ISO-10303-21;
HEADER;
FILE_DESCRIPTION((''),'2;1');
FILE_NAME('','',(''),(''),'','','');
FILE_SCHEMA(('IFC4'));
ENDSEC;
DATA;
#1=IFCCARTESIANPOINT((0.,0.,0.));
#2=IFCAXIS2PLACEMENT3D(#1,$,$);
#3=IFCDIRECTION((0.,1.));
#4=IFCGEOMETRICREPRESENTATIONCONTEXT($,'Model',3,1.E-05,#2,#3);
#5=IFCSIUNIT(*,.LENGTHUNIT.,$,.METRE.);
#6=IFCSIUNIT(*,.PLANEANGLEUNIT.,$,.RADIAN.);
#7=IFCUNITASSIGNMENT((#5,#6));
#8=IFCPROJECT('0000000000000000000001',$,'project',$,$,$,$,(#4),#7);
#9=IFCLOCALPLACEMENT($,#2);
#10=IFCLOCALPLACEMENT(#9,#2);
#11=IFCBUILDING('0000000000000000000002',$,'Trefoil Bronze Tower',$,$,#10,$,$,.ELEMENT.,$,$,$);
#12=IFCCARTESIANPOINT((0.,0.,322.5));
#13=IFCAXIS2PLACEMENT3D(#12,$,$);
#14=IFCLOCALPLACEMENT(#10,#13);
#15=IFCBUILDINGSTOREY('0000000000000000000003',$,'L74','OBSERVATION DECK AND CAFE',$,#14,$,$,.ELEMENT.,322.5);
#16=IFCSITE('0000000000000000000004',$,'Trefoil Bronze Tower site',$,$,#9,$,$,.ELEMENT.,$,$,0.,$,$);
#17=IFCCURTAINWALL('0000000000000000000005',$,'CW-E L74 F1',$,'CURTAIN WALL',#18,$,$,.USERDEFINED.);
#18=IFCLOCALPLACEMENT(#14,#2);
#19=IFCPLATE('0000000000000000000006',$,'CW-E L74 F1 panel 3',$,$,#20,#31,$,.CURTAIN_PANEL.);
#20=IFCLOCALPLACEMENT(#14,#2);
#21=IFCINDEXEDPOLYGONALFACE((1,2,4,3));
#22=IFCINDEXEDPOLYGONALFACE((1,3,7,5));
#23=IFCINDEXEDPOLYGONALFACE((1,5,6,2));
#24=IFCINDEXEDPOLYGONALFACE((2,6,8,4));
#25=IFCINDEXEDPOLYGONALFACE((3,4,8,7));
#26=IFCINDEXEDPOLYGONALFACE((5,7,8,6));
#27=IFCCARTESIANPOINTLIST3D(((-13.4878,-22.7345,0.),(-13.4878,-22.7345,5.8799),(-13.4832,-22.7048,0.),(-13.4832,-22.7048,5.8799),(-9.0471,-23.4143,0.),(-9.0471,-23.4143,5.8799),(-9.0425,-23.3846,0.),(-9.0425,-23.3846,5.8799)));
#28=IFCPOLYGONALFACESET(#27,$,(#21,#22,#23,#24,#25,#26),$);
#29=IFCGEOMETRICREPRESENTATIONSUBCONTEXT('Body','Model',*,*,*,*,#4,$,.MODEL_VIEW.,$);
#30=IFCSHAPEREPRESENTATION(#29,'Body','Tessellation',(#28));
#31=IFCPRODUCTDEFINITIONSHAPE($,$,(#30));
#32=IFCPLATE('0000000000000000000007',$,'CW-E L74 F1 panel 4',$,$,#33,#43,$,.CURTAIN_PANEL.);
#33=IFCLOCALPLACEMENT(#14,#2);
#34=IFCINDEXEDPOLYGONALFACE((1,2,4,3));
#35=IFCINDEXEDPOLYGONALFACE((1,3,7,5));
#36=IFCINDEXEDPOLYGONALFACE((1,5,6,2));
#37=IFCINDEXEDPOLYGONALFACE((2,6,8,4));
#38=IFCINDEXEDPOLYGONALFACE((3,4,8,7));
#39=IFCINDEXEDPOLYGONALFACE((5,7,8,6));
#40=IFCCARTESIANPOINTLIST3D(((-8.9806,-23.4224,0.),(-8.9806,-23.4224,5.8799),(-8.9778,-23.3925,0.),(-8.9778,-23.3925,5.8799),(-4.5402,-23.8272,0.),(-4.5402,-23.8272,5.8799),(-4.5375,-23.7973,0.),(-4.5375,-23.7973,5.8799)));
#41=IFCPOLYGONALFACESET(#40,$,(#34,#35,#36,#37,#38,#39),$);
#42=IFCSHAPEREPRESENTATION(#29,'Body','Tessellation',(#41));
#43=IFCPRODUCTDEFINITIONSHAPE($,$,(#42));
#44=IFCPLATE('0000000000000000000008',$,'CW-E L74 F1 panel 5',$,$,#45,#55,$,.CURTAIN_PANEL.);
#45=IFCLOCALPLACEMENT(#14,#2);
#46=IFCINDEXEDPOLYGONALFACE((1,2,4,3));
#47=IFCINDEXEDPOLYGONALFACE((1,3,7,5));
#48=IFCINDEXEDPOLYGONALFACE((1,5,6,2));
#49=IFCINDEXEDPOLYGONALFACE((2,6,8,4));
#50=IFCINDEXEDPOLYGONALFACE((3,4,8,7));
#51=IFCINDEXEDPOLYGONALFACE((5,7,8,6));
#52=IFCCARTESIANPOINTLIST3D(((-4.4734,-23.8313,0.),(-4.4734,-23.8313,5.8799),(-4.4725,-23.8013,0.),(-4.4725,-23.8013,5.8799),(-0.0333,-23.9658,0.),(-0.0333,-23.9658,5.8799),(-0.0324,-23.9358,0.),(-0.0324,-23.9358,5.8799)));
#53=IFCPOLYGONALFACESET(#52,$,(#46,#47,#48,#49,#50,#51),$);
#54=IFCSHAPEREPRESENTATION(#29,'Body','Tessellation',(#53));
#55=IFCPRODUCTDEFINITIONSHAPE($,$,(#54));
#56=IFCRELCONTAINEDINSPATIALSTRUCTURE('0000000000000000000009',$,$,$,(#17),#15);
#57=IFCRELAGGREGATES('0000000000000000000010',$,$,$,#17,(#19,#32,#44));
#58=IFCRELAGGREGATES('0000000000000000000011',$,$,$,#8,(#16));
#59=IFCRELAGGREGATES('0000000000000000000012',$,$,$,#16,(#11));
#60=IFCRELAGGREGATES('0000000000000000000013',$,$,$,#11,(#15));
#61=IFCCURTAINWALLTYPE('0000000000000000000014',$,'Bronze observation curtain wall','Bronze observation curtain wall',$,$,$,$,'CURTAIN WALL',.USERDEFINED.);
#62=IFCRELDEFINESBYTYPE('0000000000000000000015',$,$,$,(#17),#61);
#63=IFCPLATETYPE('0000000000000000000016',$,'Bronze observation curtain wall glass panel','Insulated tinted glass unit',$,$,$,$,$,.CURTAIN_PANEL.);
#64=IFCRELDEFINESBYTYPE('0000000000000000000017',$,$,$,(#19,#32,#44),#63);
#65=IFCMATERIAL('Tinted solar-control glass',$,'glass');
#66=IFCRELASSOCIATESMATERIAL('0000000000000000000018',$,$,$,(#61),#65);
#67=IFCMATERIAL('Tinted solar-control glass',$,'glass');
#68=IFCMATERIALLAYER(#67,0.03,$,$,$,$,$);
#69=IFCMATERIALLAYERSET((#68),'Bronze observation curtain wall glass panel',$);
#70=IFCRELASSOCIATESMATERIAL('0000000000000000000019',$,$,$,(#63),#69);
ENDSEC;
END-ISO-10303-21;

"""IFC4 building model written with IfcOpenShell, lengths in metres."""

from ifc_helpers import new_model, si_unit, direction, frame, origin, origin_2d, place, context, subcontext, project, spatial, rectangle, extrude, material, layer, layer_set, type_object, element, aggregate, save


model = new_model("IFC4")

# Units and contexts
model_context = context("Model", 3, precision=1e-05, world=origin(), true_north=direction((0.0, 1.0)))
body_context = subcontext(model_context, "Body", "Model", "MODEL_VIEW")
ifc_project = project(units=[si_unit("LENGTHUNIT", "METRE"), si_unit("PLANEANGLEUNIT", "RADIAN")], contexts=[model_context])

# Site, building, storey
site_placement = place(None, origin())
site = spatial("IfcSite", under=ifc_project, at=site_placement, Name="Trefoil Bronze Tower site", CompositionType="ELEMENT", RefElevation=0.0)
building_placement = place(site_placement, origin())
building = spatial("IfcBuilding", under=site, at=building_placement, Name="Trefoil Bronze Tower", CompositionType="ELEMENT")
storey_placement = place(building_placement, frame((0.0, 0.0, 322.5)))
storey = spatial("IfcBuildingStorey", under=building, at=storey_placement, Name="L74", Description="OBSERVATION DECK AND CAFE", CompositionType="ELEMENT", Elevation=322.5)

# Curtain wall
ifc_material_1 = material(Name="Tinted solar-control glass", Category="glass")
curtain_wall_type = type_object("IfcCurtainWallType", Name="Bronze observation curtain wall", Description="Bronze observation curtain wall", ElementType="CURTAIN WALL", PredefinedType="USERDEFINED", material=ifc_material_1)
curtain_wall_placement = place(storey_placement, origin())
curtain_wall = element("IfcCurtainWall", 1, at=curtain_wall_placement, inside=storey, type_object=curtain_wall_type, Name="CW-E L74 F1", ObjectType="CURTAIN WALL", PredefinedType="USERDEFINED")

# Plates
ifc_material_2 = material(Name="Tinted solar-control glass", Category="glass")
ifc_layer = layer(ifc_material_2, 0.03)
ifc_layer_set = layer_set([ifc_layer], Name="Bronze observation curtain wall glass panel")
plate_type = type_object("IfcPlateType", Name="Bronze observation curtain wall glass panel", Description="Insulated tinted glass unit", PredefinedType="CURTAIN_PANEL", material=ifc_layer_set)
plate_1_placement = place(storey_placement, frame((-11.2651, -23.0596, 0.0), z_axis=(0.0, 0.0, 1.0), x_axis=(0.988485, -0.151317, 0.0)))
plate_1 = element("IfcPlate", 2, at=plate_1_placement, type_object=plate_type, Name="CW-E L74 F1 panel 3", PredefinedType="CURTAIN_PANEL", context=body_context, shape_type="SweptSolid", body=[
    extrude(rectangle(XDim=4.4924, YDim=0.03, at=origin_2d()), origin(), (0.0, 0.0, 1.0), 5.8799),
])
plate_2_placement = place(storey_placement, frame((-6.759, -23.6099, 0.0), z_axis=(0.0, 0.0, 1.0), x_axis=(0.99587, -0.090789, 0.0)))
plate_2 = element("IfcPlate", 3, at=plate_2_placement, type_object=plate_type, Name="CW-E L74 F1 panel 4", PredefinedType="CURTAIN_PANEL", context=body_context, shape_type="SweptSolid", body=[
    extrude(rectangle(XDim=4.4587, YDim=0.03, at=origin_2d()), origin(), (0.0, 0.0, 1.0), 5.8799),
])
plate_3_placement = place(storey_placement, frame((-2.2529, -23.8835, 0.0), z_axis=(0.0, 0.0, 1.0), x_axis=(0.999542, -0.030263, 0.0)))
plate_3 = element("IfcPlate", 4, at=plate_3_placement, type_object=plate_type, Name="CW-E L74 F1 panel 5", PredefinedType="CURTAIN_PANEL", context=body_context, shape_type="SweptSolid", body=[
    extrude(rectangle(XDim=4.4421, YDim=0.03, at=origin_2d()), origin(), (0.0, 0.0, 1.0), 5.8799),
])
aggregate(curtain_wall, [plate_1, plate_2, plate_3])

save(model, "model.ifc")
